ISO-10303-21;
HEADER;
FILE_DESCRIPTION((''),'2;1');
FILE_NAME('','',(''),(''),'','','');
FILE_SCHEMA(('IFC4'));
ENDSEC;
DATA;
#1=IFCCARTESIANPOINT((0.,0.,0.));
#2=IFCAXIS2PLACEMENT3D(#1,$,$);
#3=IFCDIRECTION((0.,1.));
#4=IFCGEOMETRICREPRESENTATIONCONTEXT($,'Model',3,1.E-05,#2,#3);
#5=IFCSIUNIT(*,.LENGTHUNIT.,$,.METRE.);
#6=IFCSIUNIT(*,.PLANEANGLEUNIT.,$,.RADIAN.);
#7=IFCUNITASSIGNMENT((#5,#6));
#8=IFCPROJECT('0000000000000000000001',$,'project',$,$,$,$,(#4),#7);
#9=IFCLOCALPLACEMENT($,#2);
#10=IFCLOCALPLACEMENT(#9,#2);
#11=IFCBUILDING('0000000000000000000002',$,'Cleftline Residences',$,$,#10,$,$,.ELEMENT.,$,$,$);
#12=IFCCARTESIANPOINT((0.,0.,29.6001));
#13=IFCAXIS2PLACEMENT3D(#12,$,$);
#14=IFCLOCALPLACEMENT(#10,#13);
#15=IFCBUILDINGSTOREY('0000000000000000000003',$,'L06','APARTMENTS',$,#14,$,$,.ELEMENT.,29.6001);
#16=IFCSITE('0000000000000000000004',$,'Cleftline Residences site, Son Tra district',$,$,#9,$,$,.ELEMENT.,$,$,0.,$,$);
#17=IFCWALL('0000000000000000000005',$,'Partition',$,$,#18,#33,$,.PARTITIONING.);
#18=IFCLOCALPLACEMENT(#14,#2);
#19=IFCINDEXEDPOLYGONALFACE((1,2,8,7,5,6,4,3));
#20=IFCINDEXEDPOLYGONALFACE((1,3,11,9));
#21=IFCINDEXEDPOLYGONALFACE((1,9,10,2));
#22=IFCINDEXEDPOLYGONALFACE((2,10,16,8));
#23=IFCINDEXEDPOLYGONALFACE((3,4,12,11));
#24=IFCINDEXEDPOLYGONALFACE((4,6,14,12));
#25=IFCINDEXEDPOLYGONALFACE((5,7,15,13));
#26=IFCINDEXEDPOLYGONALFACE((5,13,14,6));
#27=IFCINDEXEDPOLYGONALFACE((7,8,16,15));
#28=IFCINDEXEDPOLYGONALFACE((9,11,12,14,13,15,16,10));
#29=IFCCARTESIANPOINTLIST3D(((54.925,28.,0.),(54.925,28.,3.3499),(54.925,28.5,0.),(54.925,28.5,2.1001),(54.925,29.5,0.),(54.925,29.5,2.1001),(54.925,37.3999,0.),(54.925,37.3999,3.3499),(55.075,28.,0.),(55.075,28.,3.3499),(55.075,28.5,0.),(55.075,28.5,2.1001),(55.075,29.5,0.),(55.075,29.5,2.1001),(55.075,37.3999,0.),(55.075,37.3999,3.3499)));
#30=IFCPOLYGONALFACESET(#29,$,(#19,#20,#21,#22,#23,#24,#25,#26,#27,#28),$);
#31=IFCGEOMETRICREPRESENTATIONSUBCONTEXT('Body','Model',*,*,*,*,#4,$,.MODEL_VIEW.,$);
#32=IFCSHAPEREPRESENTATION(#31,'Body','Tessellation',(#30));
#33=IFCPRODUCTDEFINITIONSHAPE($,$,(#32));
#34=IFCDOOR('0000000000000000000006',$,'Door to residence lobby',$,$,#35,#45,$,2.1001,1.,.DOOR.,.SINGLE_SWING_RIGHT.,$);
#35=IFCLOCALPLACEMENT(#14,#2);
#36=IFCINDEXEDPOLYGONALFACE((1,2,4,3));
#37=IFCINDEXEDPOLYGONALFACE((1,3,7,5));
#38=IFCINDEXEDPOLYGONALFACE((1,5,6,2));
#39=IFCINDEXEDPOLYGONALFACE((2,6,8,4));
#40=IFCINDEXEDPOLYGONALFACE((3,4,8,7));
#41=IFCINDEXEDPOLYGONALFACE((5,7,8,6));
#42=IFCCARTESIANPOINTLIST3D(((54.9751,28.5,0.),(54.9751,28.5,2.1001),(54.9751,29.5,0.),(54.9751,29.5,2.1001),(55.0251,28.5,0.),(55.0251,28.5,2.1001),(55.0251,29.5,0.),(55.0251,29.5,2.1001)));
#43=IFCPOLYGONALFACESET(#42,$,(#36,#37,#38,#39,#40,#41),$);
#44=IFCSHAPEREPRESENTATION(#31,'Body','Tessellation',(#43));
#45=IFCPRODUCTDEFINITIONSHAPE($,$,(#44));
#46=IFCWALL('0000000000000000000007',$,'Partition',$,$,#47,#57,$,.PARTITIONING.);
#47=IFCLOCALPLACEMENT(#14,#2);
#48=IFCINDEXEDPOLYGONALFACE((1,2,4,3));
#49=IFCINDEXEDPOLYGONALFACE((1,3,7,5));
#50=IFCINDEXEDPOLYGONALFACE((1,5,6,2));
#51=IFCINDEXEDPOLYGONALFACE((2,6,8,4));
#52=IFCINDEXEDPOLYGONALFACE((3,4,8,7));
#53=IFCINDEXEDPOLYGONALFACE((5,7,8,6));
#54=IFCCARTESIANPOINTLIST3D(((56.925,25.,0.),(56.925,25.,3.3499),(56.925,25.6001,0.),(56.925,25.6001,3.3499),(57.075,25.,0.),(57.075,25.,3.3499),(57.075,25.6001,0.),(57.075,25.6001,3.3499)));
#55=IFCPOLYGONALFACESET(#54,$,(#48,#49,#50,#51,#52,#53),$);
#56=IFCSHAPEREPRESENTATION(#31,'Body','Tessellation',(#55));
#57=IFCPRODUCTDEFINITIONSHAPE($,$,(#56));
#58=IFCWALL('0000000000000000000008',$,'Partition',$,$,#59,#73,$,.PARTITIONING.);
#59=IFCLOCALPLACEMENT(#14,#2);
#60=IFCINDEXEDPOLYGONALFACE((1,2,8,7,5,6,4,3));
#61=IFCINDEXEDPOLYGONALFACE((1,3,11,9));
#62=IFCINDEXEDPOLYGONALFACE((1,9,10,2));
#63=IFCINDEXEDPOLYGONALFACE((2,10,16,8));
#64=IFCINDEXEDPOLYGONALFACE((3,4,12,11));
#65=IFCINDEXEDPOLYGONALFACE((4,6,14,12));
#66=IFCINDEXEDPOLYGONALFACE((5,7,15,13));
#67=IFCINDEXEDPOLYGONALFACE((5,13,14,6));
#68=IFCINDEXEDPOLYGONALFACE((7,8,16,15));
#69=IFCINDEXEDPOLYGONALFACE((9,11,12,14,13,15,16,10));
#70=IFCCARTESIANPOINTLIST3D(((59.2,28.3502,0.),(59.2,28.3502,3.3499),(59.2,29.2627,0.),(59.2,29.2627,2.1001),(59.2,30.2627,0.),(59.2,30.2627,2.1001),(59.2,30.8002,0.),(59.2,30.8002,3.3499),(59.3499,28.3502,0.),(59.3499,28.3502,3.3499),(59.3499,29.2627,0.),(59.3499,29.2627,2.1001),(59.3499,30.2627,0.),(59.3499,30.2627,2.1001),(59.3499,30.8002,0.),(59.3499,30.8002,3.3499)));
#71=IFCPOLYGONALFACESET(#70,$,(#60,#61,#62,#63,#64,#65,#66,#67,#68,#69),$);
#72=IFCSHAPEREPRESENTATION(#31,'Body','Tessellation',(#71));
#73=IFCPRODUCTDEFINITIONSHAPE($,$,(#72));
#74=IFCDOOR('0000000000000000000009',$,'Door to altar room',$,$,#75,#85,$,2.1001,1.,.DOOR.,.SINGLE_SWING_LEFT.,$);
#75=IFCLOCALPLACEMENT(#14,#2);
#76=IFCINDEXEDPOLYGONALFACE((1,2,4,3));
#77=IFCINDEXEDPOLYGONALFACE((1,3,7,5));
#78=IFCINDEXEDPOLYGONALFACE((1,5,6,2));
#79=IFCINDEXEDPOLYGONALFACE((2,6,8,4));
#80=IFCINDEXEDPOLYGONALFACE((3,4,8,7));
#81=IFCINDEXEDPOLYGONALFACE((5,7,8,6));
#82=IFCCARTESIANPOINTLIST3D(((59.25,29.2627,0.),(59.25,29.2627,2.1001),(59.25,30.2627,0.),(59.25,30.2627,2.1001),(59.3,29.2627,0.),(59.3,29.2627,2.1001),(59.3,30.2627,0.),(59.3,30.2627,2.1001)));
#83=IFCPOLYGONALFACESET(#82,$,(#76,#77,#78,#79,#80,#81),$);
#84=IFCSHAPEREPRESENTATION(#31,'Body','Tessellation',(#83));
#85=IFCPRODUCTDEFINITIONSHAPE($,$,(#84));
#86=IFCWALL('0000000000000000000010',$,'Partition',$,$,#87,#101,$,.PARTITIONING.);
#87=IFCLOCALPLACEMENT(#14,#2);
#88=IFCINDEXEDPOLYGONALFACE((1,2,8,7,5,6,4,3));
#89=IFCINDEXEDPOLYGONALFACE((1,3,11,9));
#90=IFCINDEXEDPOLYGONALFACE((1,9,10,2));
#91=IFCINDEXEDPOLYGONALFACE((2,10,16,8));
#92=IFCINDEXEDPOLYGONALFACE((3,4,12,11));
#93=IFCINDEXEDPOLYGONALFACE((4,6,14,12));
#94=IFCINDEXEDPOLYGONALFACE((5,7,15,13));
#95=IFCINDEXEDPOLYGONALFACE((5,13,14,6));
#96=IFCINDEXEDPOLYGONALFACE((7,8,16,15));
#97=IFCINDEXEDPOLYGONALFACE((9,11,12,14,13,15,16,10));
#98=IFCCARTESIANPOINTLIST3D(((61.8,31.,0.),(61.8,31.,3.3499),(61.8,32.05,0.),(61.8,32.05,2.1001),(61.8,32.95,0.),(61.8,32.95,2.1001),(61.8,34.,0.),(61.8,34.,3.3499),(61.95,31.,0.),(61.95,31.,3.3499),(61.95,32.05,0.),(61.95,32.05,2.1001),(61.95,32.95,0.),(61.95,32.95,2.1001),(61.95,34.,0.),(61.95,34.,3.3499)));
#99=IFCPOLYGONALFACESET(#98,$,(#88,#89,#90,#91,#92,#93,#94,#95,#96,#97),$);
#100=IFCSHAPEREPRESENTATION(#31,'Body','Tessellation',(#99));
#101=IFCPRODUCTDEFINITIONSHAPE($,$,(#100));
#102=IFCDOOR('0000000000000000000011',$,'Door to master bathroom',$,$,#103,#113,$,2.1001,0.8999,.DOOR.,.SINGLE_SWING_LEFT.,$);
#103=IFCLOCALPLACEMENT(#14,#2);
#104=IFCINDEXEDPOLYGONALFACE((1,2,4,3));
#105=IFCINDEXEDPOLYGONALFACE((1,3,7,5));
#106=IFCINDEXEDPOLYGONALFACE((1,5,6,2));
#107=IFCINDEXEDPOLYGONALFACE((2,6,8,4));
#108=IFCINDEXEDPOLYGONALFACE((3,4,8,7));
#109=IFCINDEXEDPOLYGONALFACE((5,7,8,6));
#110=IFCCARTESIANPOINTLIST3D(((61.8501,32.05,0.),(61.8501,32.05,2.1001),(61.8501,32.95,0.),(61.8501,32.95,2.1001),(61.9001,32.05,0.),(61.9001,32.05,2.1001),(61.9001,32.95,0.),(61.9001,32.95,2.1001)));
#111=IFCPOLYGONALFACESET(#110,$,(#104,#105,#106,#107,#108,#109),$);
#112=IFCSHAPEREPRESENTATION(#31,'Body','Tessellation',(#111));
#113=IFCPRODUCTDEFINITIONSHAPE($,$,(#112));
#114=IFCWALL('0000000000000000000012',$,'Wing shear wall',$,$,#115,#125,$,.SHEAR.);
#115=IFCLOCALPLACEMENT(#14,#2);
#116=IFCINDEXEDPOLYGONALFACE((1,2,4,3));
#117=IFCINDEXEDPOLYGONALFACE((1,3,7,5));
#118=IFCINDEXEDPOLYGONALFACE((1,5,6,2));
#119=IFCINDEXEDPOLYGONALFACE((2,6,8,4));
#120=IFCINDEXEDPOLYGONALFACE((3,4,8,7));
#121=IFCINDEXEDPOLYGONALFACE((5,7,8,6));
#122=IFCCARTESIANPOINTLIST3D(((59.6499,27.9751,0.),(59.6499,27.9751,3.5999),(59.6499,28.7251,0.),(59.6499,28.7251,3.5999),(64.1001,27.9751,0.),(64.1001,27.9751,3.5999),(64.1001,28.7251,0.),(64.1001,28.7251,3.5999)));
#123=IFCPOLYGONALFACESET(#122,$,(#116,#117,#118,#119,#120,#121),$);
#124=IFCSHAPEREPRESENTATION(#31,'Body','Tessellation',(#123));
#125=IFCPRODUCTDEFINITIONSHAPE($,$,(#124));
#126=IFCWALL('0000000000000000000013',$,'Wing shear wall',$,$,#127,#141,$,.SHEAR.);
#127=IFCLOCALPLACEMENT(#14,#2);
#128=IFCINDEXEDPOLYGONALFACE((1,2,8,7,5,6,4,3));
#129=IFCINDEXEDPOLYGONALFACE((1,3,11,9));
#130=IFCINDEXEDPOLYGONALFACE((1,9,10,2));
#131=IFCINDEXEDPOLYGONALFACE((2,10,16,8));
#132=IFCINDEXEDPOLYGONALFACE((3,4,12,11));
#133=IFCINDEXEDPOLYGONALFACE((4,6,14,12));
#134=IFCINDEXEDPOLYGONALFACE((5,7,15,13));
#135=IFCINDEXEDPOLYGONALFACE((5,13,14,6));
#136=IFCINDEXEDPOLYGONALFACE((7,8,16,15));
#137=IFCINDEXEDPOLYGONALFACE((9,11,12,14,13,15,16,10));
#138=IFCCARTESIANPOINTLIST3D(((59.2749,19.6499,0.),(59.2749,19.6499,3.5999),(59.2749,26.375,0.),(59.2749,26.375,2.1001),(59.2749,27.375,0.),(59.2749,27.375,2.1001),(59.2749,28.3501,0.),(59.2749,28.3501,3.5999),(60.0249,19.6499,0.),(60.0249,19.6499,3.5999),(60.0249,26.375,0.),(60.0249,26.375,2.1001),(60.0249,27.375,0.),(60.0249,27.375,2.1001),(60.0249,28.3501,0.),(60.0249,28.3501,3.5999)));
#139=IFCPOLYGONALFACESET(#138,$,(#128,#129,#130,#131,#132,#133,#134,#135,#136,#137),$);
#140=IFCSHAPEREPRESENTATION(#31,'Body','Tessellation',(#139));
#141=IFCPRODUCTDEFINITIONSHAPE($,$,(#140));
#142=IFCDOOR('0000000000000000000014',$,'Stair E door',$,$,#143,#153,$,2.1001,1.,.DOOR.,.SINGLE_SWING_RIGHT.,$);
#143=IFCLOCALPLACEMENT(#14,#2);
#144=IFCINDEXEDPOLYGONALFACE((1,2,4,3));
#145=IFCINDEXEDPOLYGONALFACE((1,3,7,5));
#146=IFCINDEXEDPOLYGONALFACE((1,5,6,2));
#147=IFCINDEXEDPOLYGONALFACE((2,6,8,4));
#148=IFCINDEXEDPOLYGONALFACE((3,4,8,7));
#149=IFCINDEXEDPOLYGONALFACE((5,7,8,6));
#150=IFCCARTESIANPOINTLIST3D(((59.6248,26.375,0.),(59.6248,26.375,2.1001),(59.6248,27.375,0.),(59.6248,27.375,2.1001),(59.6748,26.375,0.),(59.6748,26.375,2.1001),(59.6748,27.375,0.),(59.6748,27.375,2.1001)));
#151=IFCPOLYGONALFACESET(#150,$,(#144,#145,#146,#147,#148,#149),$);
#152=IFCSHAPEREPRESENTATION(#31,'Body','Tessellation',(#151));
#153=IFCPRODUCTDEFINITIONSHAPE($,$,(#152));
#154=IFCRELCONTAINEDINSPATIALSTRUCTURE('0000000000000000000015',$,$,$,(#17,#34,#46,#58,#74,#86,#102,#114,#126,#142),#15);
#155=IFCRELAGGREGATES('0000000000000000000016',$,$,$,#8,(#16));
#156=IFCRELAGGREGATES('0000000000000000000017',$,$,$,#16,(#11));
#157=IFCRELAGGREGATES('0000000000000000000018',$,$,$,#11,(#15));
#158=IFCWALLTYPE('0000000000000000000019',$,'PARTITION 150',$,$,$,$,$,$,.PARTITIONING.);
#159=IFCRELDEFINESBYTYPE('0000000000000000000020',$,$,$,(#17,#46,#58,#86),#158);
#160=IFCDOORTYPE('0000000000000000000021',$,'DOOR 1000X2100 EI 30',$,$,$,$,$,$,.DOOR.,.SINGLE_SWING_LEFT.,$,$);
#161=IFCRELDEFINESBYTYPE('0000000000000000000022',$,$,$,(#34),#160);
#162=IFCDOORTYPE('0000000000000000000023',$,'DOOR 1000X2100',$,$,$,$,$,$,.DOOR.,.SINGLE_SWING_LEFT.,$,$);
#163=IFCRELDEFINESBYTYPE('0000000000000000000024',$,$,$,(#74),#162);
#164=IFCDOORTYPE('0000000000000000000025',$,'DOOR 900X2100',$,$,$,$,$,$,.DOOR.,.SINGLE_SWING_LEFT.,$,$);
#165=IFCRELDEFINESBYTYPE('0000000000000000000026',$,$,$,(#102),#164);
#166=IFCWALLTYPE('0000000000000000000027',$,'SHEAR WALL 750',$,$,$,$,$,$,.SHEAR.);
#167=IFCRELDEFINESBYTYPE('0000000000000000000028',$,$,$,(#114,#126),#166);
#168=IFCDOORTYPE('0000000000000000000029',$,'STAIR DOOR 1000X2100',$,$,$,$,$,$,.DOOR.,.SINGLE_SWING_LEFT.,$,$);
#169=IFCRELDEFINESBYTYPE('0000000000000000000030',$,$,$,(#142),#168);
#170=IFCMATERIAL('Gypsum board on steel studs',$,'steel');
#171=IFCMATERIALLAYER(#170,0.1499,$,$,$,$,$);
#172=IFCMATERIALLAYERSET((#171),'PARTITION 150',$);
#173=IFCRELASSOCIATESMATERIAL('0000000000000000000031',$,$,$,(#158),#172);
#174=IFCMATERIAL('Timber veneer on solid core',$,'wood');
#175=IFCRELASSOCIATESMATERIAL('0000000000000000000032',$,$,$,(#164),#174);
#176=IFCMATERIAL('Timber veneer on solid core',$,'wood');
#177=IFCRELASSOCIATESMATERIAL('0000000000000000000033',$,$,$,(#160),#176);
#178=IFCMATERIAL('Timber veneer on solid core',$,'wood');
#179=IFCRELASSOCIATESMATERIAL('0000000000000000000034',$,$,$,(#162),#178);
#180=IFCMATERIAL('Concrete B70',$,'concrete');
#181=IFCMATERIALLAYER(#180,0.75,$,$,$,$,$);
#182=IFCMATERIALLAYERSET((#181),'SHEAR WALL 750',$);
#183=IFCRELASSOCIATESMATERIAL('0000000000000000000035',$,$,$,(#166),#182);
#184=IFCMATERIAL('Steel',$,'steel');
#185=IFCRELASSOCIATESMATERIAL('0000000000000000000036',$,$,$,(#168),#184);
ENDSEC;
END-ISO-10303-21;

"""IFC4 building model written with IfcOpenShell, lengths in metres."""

from ifc_helpers import new_model, si_unit, direction, frame, frame_2d, origin, place, context, subcontext, project, spatial, rectangle, extrude, material, layer, layer_set, type_object, element, fill, save


model = new_model("IFC4")

# Units and contexts
model_context = context("Model", 3, precision=1e-05, world=origin(), true_north=direction((0.0, 1.0)))
body_context = subcontext(model_context, "Body", "Model", "MODEL_VIEW")
ifc_project = project(units=[si_unit("LENGTHUNIT", "METRE"), si_unit("PLANEANGLEUNIT", "RADIAN")], contexts=[model_context])

# Site, building, storey
site_placement = place(None, origin())
site = spatial("IfcSite", under=ifc_project, at=site_placement, Name="Cleftline Residences site, Son Tra district", CompositionType="ELEMENT", RefElevation=0.0)
building_placement = place(site_placement, origin())
building = spatial("IfcBuilding", under=site, at=building_placement, Name="Cleftline Residences", CompositionType="ELEMENT")
storey_placement = place(building_placement, frame((0.0, 0.0, 29.6001)))
storey = spatial("IfcBuildingStorey", under=building, at=storey_placement, Name="L06", Description="APARTMENTS", CompositionType="ELEMENT", Elevation=29.6001)

# Shared definitions
ifc_material_1 = material(Name="Gypsum board on steel studs", Category="steel")
ifc_layer_1 = layer(ifc_material_1, 0.1499)
ifc_layer_set_1 = layer_set([ifc_layer_1], Name="PARTITION 150")
wall_type_1 = type_object("IfcWallType", Name="PARTITION 150", PredefinedType="PARTITIONING", material=ifc_layer_set_1)
ifc_material_2 = material(Name="Timber veneer on solid core", Category="wood")
door_type_1 = type_object("IfcDoorType", Name="DOOR 900X2100", OperationType="SINGLE_SWING_LEFT", PredefinedType="DOOR", material=ifc_material_2)

# Wall, opening, door
wall_1_placement = place(storey_placement, frame((55.0, 28.0, 0.0), z_axis=(0.0, 0.0, 1.0), x_axis=(0.0, 1.0, 0.0)))
wall_1 = element("IfcWall", 1, at=wall_1_placement, inside=storey, type_object=wall_type_1, Name="Partition", PredefinedType="PARTITIONING", context=body_context, shape_type="SweptSolid", body=[
    extrude(rectangle(XDim=9.3999, YDim=0.1499, at=frame_2d((4.7, 0.0))), origin(), (0.0, 0.0, 1.0), 3.3499),
])
opening_1_placement = place(wall_1_placement, frame((0.5, 0.0, 0.0)))
opening_1 = element("IfcOpeningElement", 2, at=opening_1_placement, cuts=wall_1, PredefinedType="OPENING", context=body_context, shape_type="SweptSolid", body=[
    extrude(rectangle(XDim=1.0, YDim=2.1001, at=frame_2d((0.5, 1.05))), frame((0.0, 0.085, 0.0), z_axis=(0.0, -1.0, 0.0), x_axis=(1.0, 0.0, 0.0)), (0.0, 0.0, 1.0), 0.1699),
])
ifc_material_3 = material(Name="Timber veneer on solid core", Category="wood")
door_type_2 = type_object("IfcDoorType", Name="DOOR 1000X2100 EI 30", OperationType="SINGLE_SWING_LEFT", PredefinedType="DOOR", material=ifc_material_3)
door_1_placement = place(opening_1_placement, origin())
door_1 = element("IfcDoor", 3, at=door_1_placement, inside=storey, type_object=door_type_2, Name="Door to residence lobby", OperationType="SINGLE_SWING_RIGHT", OverallHeight=2.1001, OverallWidth=1.0, PredefinedType="DOOR", context=body_context, shape_type="SweptSolid", body=[
    extrude(rectangle(XDim=1.0, YDim=2.1001, at=frame_2d((0.5, 1.05))), frame((0.0, 0.0249, 0.0), z_axis=(0.0, -1.0, 0.0), x_axis=(1.0, 0.0, 0.0)), (0.0, 0.0, 1.0), 0.05),
])
fill(opening_1, door_1)

# Wall
wall_2_placement = place(storey_placement, frame((57.0, 25.0, 0.0), z_axis=(0.0, 0.0, 1.0), x_axis=(0.0, 1.0, 0.0)))
element("IfcWall", 4, at=wall_2_placement, inside=storey, type_object=wall_type_1, Name="Partition", PredefinedType="PARTITIONING", context=body_context, shape_type="SweptSolid", body=[
    extrude(rectangle(XDim=0.6001, YDim=0.1499, at=frame_2d((0.3, 0.0))), origin(), (0.0, 0.0, 1.0), 3.3499),
])

# Walls, openings, doors
wall_3_placement = place(storey_placement, frame((59.2749, 28.3501, 0.0), z_axis=(0.0, 0.0, 1.0), x_axis=(0.0, 1.0, 0.0)))
wall_3 = element("IfcWall", 5, at=wall_3_placement, inside=storey, type_object=wall_type_1, Name="Partition", PredefinedType="PARTITIONING", context=body_context, shape_type="SweptSolid", body=[
    extrude(rectangle(XDim=2.45, YDim=0.1499, at=frame_2d((1.2251, 0.0))), origin(), (0.0, 0.0, 1.0), 3.3499),
])
opening_2_placement = place(wall_3_placement, frame((0.9126, 0.0, 0.0)))
opening_2 = element("IfcOpeningElement", 6, at=opening_2_placement, cuts=wall_3, PredefinedType="OPENING", context=body_context, shape_type="SweptSolid", body=[
    extrude(rectangle(XDim=1.0, YDim=2.1001, at=frame_2d((0.5, 1.05))), frame((0.0, 0.085, 0.0), z_axis=(0.0, -1.0, 0.0), x_axis=(1.0, 0.0, 0.0)), (0.0, 0.0, 1.0), 0.1699),
])
ifc_material_4 = material(Name="Timber veneer on solid core", Category="wood")
door_type_3 = type_object("IfcDoorType", Name="DOOR 1000X2100", OperationType="SINGLE_SWING_LEFT", PredefinedType="DOOR", material=ifc_material_4)
door_2_placement = place(opening_2_placement, origin())
door_2 = element("IfcDoor", 7, at=door_2_placement, inside=storey, type_object=door_type_3, Name="Door to altar room", OperationType="SINGLE_SWING_LEFT", OverallHeight=2.1001, OverallWidth=1.0, PredefinedType="DOOR", context=body_context, shape_type="SweptSolid", body=[
    extrude(rectangle(XDim=1.0, YDim=2.1001, at=frame_2d((0.5, 1.05))), frame((0.0, 0.0249, 0.0), z_axis=(0.0, -1.0, 0.0), x_axis=(1.0, 0.0, 0.0)), (0.0, 0.0, 1.0), 0.05),
])
fill(opening_2, door_2)
wall_4_placement = place(storey_placement, frame((61.875, 31.0, 0.0), z_axis=(0.0, 0.0, 1.0), x_axis=(0.0, 1.0, 0.0)))
wall_4 = element("IfcWall", 8, at=wall_4_placement, inside=storey, type_object=wall_type_1, Name="Partition", PredefinedType="PARTITIONING", context=body_context, shape_type="SweptSolid", body=[
    extrude(rectangle(XDim=3.0, YDim=0.1499, at=frame_2d((1.5, 0.0))), origin(), (0.0, 0.0, 1.0), 3.3499),
])
opening_3_placement = place(wall_4_placement, frame((1.05, 0.0, 0.0)))
opening_3 = element("IfcOpeningElement", 9, at=opening_3_placement, cuts=wall_4, PredefinedType="OPENING", context=body_context, shape_type="SweptSolid", body=[
    extrude(rectangle(XDim=0.8999, YDim=2.1001, at=frame_2d((0.45, 1.05))), frame((0.0, 0.085, 0.0), z_axis=(0.0, -1.0, 0.0), x_axis=(1.0, 0.0, 0.0)), (0.0, 0.0, 1.0), 0.1699),
])
door_3_placement = place(opening_3_placement, origin())
door_3 = element("IfcDoor", 10, at=door_3_placement, inside=storey, type_object=door_type_1, Name="Door to master bathroom", OperationType="SINGLE_SWING_LEFT", OverallHeight=2.1001, OverallWidth=0.8999, PredefinedType="DOOR", context=body_context, shape_type="SweptSolid", body=[
    extrude(rectangle(XDim=0.8999, YDim=2.1001, at=frame_2d((0.45, 1.05))), frame((0.0, 0.0249, 0.0), z_axis=(0.0, -1.0, 0.0), x_axis=(1.0, 0.0, 0.0)), (0.0, 0.0, 1.0), 0.05),
])
fill(opening_3, door_3)

# Wall
ifc_material_5 = material(Name="Concrete B70", Category="concrete")
ifc_layer_2 = layer(ifc_material_5, 0.75)
ifc_layer_set_2 = layer_set([ifc_layer_2], Name="SHEAR WALL 750")
wall_type_2 = type_object("IfcWallType", Name="SHEAR WALL 750", PredefinedType="SHEAR", material=ifc_layer_set_2)
wall_5_placement = place(storey_placement, frame((64.1001, 28.3501, 0.0), z_axis=(0.0, 0.0, 1.0), x_axis=(-1.0, 0.0, 0.0)))
element("IfcWall", 11, at=wall_5_placement, inside=storey, type_object=wall_type_2, Name="Wing shear wall", PredefinedType="SHEAR", context=body_context, shape_type="SweptSolid", body=[
    extrude(rectangle(XDim=4.4502, YDim=0.75, at=frame_2d((2.2251, 0.0))), origin(), (0.0, 0.0, 1.0), 3.5999),
])

# Wall, opening, door
wall_6_placement = place(storey_placement, frame((59.6499, 28.3501, 0.0), z_axis=(0.0, 0.0, 1.0), x_axis=(0.0, -1.0, 0.0)))
wall_6 = element("IfcWall", 12, at=wall_6_placement, inside=storey, type_object=wall_type_2, Name="Wing shear wall", PredefinedType="SHEAR", context=body_context, shape_type="SweptSolid", body=[
    extrude(rectangle(XDim=8.7002, YDim=0.75, at=frame_2d((4.3501, 0.0))), origin(), (0.0, 0.0, 1.0), 3.5999),
])
opening_4_placement = place(wall_6_placement, frame((0.9751, 0.0, 0.0)))
opening_4 = element("IfcOpeningElement", 13, at=opening_4_placement, cuts=wall_6, PredefinedType="OPENING", context=body_context, shape_type="SweptSolid", body=[
    extrude(rectangle(XDim=1.0, YDim=2.1001, at=frame_2d((0.5, 1.05))), frame((0.0, 0.385, 0.0), z_axis=(0.0, -1.0, 0.0), x_axis=(1.0, 0.0, 0.0)), (0.0, 0.0, 1.0), 0.77),
])
ifc_material_6 = material(Name="Steel", Category="steel")
door_type_4 = type_object("IfcDoorType", Name="STAIR DOOR 1000X2100", OperationType="SINGLE_SWING_LEFT", PredefinedType="DOOR", material=ifc_material_6)
door_4_placement = place(opening_4_placement, origin())
door_4 = element("IfcDoor", 14, at=door_4_placement, inside=storey, type_object=door_type_4, Name="Stair E door", OperationType="SINGLE_SWING_RIGHT", OverallHeight=2.1001, OverallWidth=1.0, PredefinedType="DOOR", context=body_context, shape_type="SweptSolid", body=[
    extrude(rectangle(XDim=1.0, YDim=2.1001, at=frame_2d((0.5, 1.05))), frame((0.0, 0.0249, 0.0), z_axis=(0.0, -1.0, 0.0), x_axis=(1.0, 0.0, 0.0)), (0.0, 0.0, 1.0), 0.05),
])
fill(opening_4, door_4)

save(model, "model.ifc")
